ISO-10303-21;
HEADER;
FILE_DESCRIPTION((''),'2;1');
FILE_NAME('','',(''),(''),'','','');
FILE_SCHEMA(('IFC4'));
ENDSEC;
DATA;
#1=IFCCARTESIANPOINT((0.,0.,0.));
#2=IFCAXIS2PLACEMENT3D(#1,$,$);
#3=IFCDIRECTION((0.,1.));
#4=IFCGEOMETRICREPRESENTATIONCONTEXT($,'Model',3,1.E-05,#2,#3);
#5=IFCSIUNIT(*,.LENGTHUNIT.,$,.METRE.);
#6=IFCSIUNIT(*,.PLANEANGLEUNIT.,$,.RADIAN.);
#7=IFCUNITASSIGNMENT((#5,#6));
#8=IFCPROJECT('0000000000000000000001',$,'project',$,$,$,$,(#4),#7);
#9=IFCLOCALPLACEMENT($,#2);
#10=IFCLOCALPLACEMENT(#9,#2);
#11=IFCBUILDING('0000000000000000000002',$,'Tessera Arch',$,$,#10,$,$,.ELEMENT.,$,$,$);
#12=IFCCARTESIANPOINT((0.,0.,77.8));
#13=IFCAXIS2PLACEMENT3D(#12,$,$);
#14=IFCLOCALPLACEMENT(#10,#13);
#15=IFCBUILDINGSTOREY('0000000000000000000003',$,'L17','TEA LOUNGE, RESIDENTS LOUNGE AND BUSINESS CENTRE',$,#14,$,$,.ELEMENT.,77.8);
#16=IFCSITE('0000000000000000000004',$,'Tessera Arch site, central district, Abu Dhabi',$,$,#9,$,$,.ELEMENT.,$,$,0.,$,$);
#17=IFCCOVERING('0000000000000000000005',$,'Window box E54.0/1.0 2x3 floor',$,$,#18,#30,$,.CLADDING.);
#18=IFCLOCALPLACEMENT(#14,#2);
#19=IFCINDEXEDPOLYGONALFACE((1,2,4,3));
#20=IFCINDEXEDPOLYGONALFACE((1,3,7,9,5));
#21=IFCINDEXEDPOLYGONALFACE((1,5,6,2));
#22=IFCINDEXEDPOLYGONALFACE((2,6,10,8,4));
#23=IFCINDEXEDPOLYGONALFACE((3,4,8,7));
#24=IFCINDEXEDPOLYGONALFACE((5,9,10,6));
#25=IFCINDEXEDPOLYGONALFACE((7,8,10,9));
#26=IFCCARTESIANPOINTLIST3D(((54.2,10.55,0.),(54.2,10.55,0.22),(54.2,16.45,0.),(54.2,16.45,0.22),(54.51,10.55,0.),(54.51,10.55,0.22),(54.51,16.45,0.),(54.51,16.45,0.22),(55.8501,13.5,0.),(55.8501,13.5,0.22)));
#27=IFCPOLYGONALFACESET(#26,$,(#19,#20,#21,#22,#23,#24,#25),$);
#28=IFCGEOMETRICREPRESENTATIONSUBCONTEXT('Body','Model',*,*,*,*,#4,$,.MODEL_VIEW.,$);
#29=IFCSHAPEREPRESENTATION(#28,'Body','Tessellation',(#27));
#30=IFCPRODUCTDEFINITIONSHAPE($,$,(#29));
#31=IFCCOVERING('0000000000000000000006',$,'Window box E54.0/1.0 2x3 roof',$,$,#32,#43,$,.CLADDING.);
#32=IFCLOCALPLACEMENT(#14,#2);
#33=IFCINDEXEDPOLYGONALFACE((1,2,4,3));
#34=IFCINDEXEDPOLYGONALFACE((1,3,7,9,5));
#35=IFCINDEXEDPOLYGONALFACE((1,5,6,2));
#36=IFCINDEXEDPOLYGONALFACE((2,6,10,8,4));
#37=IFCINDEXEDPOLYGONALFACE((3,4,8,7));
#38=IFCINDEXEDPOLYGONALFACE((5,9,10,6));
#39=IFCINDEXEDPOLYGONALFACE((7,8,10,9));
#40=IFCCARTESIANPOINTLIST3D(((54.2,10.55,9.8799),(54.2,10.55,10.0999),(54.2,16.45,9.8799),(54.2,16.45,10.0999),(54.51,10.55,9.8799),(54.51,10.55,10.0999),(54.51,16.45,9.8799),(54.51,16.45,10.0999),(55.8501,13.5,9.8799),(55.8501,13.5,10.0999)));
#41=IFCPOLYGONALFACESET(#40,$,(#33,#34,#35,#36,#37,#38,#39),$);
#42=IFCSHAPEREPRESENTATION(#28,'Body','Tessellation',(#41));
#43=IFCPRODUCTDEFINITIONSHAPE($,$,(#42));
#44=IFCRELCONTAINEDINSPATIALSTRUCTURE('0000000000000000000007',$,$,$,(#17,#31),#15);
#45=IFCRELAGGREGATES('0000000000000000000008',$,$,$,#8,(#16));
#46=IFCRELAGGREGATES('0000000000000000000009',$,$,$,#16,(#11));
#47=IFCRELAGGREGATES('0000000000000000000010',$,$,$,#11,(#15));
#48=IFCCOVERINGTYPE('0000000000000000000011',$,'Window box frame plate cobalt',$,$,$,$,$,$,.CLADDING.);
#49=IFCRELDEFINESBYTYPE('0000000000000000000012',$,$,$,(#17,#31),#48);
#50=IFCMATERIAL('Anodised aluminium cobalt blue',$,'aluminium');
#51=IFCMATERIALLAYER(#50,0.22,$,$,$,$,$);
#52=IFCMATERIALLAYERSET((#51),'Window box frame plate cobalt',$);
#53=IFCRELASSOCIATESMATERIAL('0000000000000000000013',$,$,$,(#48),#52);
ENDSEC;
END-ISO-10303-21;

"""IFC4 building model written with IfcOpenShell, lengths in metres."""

from ifc_helpers import new_model, si_unit, direction, frame, origin, place, context, subcontext, project, spatial, polyline, outline, extrude, material, layer, layer_set, type_object, element, save


model = new_model("IFC4")

# Units and contexts
model_context = context("Model", 3, precision=1e-05, world=origin(), true_north=direction((0.0, 1.0)))
body_context = subcontext(model_context, "Body", "Model", "MODEL_VIEW")
ifc_project = project(units=[si_unit("LENGTHUNIT", "METRE"), si_unit("PLANEANGLEUNIT", "RADIAN")], contexts=[model_context])

# Site, building, storey
site_placement = place(None, origin())
site = spatial("IfcSite", under=ifc_project, at=site_placement, Name="Tessera Arch site, central district, Abu Dhabi", CompositionType="ELEMENT", RefElevation=0.0)
building_placement = place(site_placement, origin())
building = spatial("IfcBuilding", under=site, at=building_placement, Name="Tessera Arch", CompositionType="ELEMENT")
storey_placement = place(building_placement, frame((0.0, 0.0, 77.8)))
storey = spatial("IfcBuildingStorey", under=building, at=storey_placement, Name="L17", Description="TEA LOUNGE, RESIDENTS LOUNGE AND BUSINESS CENTRE", CompositionType="ELEMENT", Elevation=77.8)

# Coverings
ifc_material_1 = material(Name="Anodised aluminium cobalt blue", Category="aluminium")
ifc_layer_1 = layer(ifc_material_1, 0.22)
ifc_layer_set_1 = layer_set([ifc_layer_1], Name="Window box frame plate cobalt")
covering_type_1 = type_object("IfcCoveringType", Name="Window box frame plate cobalt", PredefinedType="CLADDING", material=ifc_layer_set_1)
for number, where, name in (
    (1, (0.0, 0.0, 0.0), "Window box E54.0/1.0 2x3 floor"),
    (2, (0.0, 0.0, 9.8799), "Window box E54.0/1.0 2x3 roof"),
):
    element("IfcCovering", number, at=place(storey_placement, frame(where)), inside=storey, type_object=covering_type_1, Name=name, PredefinedType="CLADDING", context=body_context, shape_type="SweptSolid", body=[
        extrude(outline(polyline([(54.51, 10.55), (55.8501, 13.5), (54.51, 16.45), (54.2, 16.45), (54.2, 10.55), (54.51, 10.55)])), origin(), (0.0, 0.0, 1.0), 0.22),
    ])

save(model, "model.ifc")
